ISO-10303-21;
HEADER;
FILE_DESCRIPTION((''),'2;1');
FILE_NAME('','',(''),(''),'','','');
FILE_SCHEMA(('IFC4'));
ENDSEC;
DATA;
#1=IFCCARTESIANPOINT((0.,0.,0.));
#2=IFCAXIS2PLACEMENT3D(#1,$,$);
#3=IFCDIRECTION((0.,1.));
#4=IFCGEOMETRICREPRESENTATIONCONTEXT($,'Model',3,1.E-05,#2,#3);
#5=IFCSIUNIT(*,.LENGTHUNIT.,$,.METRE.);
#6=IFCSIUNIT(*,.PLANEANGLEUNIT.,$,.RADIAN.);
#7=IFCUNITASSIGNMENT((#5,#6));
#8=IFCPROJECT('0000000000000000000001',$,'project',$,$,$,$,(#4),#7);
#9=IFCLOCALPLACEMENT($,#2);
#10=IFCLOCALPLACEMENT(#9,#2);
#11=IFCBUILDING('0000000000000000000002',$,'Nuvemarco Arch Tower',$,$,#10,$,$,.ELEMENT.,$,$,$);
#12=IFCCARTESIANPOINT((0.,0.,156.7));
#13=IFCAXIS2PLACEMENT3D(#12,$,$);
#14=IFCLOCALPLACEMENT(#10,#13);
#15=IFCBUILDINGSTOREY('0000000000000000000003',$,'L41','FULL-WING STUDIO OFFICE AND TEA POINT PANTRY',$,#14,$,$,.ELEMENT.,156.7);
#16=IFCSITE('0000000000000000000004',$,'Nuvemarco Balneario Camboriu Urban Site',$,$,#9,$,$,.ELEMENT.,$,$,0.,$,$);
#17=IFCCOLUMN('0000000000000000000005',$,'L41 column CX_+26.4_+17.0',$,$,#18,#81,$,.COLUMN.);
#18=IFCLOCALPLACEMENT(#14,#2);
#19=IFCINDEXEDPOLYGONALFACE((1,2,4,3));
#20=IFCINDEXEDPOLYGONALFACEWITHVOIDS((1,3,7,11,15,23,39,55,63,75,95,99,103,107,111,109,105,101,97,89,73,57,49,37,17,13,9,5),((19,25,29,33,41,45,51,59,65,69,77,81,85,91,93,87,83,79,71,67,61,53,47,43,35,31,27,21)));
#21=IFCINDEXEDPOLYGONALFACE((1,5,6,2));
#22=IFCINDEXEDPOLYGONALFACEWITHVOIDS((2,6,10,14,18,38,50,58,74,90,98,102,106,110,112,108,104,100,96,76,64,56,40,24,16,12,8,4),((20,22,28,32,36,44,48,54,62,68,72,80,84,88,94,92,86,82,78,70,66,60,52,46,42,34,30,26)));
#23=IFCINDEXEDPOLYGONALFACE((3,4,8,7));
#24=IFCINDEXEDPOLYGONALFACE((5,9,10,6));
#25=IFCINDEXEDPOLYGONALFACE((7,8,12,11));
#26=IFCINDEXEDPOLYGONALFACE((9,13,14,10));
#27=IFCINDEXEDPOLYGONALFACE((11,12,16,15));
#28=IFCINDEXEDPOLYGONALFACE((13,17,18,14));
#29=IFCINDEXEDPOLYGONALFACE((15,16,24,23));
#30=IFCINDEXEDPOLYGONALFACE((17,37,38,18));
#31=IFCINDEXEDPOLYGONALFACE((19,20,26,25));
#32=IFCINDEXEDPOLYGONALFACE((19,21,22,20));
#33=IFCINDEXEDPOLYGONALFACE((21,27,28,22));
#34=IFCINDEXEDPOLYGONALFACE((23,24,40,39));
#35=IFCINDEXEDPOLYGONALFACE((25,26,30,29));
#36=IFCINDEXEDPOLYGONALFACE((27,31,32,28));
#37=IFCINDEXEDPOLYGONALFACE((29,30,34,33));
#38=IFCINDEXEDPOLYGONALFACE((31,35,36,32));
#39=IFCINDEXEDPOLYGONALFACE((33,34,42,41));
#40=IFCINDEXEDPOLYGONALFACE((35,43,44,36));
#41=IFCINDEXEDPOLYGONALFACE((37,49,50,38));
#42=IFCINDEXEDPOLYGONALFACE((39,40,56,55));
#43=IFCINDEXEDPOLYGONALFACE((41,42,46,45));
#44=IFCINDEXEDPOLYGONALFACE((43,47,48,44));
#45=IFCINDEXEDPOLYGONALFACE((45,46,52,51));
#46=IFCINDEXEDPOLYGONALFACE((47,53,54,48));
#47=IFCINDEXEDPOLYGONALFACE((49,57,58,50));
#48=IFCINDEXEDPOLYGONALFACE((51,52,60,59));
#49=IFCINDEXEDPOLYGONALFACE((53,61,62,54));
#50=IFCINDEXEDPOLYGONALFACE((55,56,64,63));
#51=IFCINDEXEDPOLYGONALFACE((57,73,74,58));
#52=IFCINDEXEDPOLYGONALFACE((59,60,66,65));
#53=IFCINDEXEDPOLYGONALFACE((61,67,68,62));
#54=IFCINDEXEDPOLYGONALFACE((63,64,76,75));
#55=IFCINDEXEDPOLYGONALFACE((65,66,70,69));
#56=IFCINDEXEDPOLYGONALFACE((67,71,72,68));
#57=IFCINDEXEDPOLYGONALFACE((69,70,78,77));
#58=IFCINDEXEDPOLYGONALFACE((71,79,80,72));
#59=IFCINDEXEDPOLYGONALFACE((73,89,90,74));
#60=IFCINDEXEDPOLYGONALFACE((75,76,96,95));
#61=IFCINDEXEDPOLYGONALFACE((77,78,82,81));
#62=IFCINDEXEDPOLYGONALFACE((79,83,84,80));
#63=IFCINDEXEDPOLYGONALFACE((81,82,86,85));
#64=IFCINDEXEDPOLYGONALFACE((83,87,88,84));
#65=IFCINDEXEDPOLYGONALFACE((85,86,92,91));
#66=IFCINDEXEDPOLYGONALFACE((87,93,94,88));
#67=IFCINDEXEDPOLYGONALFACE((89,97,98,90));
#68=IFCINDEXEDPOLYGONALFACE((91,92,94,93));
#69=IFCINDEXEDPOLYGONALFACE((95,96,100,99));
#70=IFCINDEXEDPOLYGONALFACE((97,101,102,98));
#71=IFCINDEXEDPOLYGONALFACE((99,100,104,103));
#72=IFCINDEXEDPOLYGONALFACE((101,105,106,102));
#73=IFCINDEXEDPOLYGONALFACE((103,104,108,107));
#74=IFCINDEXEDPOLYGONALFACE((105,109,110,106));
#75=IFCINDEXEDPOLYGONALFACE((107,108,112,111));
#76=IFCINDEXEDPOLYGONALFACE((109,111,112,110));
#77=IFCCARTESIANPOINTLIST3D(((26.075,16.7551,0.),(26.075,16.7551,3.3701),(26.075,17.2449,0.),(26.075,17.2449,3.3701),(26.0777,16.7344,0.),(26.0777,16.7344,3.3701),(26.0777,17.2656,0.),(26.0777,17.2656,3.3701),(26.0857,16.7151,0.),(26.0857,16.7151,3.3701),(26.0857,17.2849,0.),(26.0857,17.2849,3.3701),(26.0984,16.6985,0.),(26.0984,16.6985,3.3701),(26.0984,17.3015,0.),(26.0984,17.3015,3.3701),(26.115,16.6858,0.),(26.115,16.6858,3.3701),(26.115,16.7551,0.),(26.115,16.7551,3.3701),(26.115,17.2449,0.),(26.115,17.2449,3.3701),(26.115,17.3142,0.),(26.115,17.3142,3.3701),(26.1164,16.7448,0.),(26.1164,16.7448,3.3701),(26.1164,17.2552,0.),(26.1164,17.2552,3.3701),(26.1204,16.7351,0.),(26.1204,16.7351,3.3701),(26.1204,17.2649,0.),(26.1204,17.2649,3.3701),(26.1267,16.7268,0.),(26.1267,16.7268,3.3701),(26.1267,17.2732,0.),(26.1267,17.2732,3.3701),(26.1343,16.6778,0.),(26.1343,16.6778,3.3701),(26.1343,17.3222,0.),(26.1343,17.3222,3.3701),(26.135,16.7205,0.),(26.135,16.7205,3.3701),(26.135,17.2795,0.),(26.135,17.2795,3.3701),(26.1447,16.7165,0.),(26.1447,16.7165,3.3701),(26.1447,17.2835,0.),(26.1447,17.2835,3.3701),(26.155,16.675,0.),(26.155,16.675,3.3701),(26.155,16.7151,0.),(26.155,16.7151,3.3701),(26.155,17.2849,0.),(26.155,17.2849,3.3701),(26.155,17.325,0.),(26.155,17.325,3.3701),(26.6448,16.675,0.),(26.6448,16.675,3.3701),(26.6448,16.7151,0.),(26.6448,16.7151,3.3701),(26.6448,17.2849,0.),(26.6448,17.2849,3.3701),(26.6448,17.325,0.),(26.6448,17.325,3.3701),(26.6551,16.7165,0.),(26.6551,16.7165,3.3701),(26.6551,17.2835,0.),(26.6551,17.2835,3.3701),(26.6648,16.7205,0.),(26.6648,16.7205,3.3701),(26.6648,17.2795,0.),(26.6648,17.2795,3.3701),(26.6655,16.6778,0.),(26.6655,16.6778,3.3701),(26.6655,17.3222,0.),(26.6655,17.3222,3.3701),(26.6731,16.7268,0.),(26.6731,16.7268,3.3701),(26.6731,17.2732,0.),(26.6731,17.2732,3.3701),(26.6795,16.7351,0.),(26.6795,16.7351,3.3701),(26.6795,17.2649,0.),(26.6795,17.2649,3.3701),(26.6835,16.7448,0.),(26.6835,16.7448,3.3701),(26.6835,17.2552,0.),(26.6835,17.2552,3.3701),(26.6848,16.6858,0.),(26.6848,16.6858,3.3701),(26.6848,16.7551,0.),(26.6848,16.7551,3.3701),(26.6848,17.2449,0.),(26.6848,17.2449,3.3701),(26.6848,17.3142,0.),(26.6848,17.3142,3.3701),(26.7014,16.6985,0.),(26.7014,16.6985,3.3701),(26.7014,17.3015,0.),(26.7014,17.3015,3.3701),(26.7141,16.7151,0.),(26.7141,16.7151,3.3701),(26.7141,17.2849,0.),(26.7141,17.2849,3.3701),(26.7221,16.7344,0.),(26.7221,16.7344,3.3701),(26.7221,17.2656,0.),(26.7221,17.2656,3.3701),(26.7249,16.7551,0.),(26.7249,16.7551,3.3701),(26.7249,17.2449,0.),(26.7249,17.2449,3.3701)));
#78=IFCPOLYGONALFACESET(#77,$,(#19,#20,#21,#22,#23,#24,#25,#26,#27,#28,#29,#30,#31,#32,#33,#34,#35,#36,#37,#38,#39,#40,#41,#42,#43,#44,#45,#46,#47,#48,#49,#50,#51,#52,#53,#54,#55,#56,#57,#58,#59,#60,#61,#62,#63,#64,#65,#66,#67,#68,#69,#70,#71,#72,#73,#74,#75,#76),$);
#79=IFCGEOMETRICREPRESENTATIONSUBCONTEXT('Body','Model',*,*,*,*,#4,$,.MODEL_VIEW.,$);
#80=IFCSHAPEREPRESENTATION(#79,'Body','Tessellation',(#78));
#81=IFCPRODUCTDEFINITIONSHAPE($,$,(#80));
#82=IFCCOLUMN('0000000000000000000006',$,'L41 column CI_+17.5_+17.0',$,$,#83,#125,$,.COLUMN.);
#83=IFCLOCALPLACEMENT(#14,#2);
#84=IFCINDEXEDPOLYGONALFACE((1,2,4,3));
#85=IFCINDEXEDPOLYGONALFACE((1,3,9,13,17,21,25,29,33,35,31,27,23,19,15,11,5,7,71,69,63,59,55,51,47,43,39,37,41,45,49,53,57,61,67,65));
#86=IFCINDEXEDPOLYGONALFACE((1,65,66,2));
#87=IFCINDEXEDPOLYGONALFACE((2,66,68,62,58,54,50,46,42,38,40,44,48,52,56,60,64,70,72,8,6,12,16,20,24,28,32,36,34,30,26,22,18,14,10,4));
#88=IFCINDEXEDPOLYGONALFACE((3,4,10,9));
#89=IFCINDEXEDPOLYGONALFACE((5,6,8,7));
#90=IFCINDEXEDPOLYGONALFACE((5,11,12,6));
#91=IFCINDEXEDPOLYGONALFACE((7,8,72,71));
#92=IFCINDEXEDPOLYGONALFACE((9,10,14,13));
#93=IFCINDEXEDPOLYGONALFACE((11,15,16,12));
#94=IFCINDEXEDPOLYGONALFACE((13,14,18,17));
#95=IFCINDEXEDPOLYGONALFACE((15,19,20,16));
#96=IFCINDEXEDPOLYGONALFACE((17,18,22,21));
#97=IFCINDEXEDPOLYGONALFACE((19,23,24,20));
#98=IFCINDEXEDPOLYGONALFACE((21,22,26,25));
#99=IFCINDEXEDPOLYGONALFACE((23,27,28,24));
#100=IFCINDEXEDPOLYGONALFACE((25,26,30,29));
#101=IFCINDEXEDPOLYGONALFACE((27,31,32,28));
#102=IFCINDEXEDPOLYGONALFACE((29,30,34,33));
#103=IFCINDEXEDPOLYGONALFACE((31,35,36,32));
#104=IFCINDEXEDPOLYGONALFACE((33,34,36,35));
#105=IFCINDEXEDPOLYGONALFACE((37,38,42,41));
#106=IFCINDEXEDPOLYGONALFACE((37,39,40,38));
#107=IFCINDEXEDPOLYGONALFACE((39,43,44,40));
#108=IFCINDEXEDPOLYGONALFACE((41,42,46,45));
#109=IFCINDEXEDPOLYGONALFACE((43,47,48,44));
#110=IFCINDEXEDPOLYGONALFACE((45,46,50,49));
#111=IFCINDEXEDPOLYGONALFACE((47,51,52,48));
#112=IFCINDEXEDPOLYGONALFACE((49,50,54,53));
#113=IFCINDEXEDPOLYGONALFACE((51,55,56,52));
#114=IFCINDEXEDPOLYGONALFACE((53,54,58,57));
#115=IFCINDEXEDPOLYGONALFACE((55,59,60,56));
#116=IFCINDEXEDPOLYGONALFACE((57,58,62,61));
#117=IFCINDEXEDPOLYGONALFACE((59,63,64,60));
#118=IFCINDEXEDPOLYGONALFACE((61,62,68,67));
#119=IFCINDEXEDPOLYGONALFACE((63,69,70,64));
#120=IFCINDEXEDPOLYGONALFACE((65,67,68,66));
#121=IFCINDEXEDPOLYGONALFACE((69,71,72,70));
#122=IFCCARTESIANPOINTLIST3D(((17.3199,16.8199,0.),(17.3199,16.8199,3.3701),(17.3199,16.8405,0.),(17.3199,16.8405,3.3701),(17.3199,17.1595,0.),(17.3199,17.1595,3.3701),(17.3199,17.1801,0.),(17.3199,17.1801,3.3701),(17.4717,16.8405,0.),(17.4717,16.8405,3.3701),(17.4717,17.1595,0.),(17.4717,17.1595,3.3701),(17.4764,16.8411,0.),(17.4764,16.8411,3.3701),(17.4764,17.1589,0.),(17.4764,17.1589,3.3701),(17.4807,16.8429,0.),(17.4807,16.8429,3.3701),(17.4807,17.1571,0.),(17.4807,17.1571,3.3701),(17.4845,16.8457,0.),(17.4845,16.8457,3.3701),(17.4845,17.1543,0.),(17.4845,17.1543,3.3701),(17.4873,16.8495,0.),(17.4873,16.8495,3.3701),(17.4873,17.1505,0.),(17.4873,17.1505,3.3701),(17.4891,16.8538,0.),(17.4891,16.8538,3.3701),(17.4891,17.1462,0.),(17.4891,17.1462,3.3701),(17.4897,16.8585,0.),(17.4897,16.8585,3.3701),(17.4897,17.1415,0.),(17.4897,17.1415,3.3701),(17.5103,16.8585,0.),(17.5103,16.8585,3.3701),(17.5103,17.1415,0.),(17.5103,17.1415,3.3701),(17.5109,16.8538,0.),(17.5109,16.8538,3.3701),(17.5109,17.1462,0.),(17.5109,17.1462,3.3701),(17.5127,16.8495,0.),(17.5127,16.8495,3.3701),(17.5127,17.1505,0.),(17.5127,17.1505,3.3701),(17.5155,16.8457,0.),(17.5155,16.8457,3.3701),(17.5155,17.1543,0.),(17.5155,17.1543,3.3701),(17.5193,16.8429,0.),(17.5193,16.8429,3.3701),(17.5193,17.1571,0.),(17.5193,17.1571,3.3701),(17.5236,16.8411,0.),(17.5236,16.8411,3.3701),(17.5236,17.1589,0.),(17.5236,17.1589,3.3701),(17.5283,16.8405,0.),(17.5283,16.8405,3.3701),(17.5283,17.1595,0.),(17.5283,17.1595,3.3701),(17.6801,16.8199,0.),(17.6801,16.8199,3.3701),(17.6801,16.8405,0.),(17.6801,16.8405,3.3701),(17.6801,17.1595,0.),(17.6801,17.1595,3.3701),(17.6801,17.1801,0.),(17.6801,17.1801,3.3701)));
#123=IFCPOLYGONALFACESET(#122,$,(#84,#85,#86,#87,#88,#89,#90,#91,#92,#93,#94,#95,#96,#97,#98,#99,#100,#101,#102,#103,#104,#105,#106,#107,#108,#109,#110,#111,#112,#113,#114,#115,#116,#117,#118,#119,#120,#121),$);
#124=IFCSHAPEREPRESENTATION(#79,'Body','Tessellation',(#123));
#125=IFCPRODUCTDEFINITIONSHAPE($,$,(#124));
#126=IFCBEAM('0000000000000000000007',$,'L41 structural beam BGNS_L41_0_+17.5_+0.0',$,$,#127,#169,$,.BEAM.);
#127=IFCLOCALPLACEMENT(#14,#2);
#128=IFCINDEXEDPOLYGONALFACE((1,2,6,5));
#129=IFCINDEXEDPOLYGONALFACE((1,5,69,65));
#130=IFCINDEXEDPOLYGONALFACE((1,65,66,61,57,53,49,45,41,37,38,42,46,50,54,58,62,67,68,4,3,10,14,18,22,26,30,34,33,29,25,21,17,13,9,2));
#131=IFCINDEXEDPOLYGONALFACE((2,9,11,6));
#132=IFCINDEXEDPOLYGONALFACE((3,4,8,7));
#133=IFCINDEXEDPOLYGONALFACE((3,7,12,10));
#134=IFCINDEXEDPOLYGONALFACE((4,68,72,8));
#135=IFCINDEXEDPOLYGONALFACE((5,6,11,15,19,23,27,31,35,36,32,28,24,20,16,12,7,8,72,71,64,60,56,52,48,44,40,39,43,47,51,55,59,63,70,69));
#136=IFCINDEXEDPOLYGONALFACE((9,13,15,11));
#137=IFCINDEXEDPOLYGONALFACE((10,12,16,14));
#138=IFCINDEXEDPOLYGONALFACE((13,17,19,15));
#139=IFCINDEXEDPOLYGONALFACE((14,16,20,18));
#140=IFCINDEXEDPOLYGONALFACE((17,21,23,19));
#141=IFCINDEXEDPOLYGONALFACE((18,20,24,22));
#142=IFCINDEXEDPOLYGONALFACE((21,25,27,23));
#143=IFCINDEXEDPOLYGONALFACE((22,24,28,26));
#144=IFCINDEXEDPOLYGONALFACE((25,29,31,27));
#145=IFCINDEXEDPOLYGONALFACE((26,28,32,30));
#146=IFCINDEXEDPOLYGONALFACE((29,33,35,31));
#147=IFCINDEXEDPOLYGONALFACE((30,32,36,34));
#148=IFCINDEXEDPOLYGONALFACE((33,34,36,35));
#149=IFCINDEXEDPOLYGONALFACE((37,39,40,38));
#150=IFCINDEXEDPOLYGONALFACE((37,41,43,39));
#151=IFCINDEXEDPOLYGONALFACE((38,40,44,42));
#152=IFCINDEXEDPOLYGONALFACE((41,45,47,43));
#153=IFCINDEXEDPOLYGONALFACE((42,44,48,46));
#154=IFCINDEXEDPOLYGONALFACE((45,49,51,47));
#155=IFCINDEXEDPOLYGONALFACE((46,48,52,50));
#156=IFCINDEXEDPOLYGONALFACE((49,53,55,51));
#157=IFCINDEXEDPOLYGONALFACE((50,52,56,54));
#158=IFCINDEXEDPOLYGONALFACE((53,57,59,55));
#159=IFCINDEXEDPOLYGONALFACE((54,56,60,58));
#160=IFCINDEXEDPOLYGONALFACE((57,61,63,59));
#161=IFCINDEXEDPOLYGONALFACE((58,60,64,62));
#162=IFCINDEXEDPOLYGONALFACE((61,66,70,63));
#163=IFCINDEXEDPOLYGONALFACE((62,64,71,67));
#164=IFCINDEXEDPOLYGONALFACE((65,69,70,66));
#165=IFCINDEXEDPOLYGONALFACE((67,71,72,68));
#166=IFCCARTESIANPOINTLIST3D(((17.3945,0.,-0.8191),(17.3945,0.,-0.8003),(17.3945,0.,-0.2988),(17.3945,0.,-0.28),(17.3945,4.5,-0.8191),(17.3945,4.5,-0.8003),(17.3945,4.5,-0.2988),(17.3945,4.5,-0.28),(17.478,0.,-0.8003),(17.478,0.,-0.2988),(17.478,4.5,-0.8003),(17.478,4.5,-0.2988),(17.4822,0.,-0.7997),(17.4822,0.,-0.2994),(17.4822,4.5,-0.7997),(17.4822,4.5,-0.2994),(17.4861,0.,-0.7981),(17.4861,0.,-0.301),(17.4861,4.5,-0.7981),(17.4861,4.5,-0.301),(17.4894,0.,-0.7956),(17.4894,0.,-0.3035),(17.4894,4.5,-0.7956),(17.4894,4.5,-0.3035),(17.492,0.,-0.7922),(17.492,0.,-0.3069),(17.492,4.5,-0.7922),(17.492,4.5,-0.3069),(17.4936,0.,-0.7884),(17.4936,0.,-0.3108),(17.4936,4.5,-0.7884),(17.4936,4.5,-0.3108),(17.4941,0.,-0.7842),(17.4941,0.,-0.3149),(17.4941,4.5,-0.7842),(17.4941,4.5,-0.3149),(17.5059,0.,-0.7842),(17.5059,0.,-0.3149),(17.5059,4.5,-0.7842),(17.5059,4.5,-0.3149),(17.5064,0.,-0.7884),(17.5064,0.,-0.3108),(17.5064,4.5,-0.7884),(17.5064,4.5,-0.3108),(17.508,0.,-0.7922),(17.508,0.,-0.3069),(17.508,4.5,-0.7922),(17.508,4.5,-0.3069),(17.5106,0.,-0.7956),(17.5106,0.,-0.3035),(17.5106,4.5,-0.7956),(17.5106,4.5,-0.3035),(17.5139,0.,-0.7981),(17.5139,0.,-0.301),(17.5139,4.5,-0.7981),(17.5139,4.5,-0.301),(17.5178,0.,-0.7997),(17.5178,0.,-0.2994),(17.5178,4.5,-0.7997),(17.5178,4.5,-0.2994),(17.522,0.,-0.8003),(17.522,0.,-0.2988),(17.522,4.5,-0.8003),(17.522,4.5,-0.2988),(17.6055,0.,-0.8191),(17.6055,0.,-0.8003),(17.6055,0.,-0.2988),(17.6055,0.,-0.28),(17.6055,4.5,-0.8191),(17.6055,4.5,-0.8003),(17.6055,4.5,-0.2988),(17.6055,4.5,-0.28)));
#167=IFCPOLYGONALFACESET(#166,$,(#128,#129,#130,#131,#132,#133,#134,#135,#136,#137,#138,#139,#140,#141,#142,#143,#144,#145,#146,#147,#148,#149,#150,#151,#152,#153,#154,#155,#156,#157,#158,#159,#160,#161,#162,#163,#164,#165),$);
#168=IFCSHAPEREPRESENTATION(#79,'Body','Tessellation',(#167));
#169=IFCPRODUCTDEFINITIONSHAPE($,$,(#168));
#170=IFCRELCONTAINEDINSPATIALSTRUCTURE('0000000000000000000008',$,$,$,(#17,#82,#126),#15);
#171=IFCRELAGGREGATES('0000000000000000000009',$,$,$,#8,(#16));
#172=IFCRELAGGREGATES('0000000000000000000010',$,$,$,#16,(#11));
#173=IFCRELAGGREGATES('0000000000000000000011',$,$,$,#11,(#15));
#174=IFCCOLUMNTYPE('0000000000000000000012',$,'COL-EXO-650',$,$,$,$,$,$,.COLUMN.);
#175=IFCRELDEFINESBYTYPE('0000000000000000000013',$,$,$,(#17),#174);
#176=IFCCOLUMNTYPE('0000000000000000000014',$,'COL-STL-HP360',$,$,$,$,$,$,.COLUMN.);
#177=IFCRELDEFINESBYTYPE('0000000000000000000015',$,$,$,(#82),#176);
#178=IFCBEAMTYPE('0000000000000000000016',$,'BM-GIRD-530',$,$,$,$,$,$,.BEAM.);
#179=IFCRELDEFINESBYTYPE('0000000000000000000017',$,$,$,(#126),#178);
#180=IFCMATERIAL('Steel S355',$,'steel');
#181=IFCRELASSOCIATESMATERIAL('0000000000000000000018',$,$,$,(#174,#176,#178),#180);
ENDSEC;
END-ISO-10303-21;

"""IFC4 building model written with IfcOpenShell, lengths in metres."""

from ifc_helpers import new_model, si_unit, direction, frame, origin, origin_2d, place, context, subcontext, project, spatial, hollow_rectangle, i_section, extrude, material, material_profile, profile_set, type_object, element, save


model = new_model("IFC4")

# Units and contexts
model_context = context("Model", 3, precision=1e-05, world=origin(), true_north=direction((0.0, 1.0)))
body_context = subcontext(model_context, "Body", "Model", "MODEL_VIEW")
ifc_project = project(units=[si_unit("LENGTHUNIT", "METRE"), si_unit("PLANEANGLEUNIT", "RADIAN")], contexts=[model_context])

# Site, building, storey
site_placement = place(None, origin())
site = spatial("IfcSite", under=ifc_project, at=site_placement, Name="Nuvemarco Balneario Camboriu Urban Site", CompositionType="ELEMENT", RefElevation=0.0)
building_placement = place(site_placement, origin())
building = spatial("IfcBuilding", under=site, at=building_placement, Name="Nuvemarco Arch Tower", CompositionType="ELEMENT")
storey_placement = place(building_placement, frame((0.0, 0.0, 156.7)))
storey = spatial("IfcBuildingStorey", under=building, at=storey_placement, Name="L41", Description="FULL-WING STUDIO OFFICE AND TEA POINT PANTRY", CompositionType="ELEMENT", Elevation=156.7)

# Columns
ifc_material_1 = material(Name="Steel S355", Category="steel")
ifc_material_profile_1 = material_profile(ifc_material_1, hollow_rectangle(XDim=0.6499, YDim=0.6499, WallThickness=0.04, InnerFilletRadius=0.04, OuterFilletRadius=0.0801, at=origin_2d()), Name="SHS650x650x40")
ifc_profile_set_1 = profile_set([ifc_material_profile_1], Name="Steel S355")
column_type_1 = type_object("IfcColumnType", Name="COL-EXO-650", PredefinedType="COLUMN", material=ifc_profile_set_1)
for number, where, z_axis, x_axis, name in (
    (1, (26.3999, 17.0, 0.0), (0.0, 0.0, 1.0), (1.0, 0.0, 0.0), "L41 column CX_+26.4_+17.0"),
):
    element("IfcColumn", number, at=place(storey_placement, frame(where, z_axis=z_axis, x_axis=x_axis)), inside=storey, type_object=column_type_1, Name=name, PredefinedType="COLUMN", context=body_context, shape_type="SweptSolid", body=[
        extrude(hollow_rectangle(XDim=0.6499, YDim=0.6499, WallThickness=0.04, InnerFilletRadius=0.04, OuterFilletRadius=0.0801, at=origin_2d()), origin(), (0.0, 0.0, 1.0), 3.3701),
    ])
ifc_material_profile_2 = material_profile(ifc_material_1, i_section(OverallWidth=0.3601, OverallDepth=0.3601, WebThickness=0.0205, FlangeThickness=0.0205, FilletRadius=0.0181, at=origin_2d()), Name="HP360x174")
ifc_profile_set_2 = profile_set([ifc_material_profile_2], Name="Steel S355")
column_type_2 = type_object("IfcColumnType", Name="COL-STL-HP360", PredefinedType="COLUMN", material=ifc_profile_set_2)
column_placement = place(storey_placement, frame((17.5, 17.0, 0.0), z_axis=(0.0, 0.0, 1.0), x_axis=(1.0, 0.0, 0.0)))
element("IfcColumn", 2, at=column_placement, inside=storey, type_object=column_type_2, Name="L41 column CI_+17.5_+17.0", PredefinedType="COLUMN", context=body_context, shape_type="SweptSolid", body=[
    extrude(i_section(OverallWidth=0.3601, OverallDepth=0.3601, WebThickness=0.0205, FlangeThickness=0.0205, FilletRadius=0.0181, at=origin_2d()), origin(), (0.0, 0.0, 1.0), 3.3701),
])

# Beam
ifc_material_profile_3 = material_profile(ifc_material_1, i_section(OverallWidth=0.2109, OverallDepth=0.5391, WebThickness=0.0117, FlangeThickness=0.0188, FilletRadius=0.0161, at=origin_2d()), Name="W530x109")
ifc_profile_set_3 = profile_set([ifc_material_profile_3], Name="Steel S355")
beam_type_1 = type_object("IfcBeamType", Name="BM-GIRD-530", PredefinedType="BEAM", material=ifc_profile_set_3)
beam_1_placement = place(storey_placement, frame((17.5, 0.0, -0.5496), z_axis=(0.0, 1.0, 0.0), x_axis=(-1.0, 0.0, 0.0)))
element("IfcBeam", 3, at=beam_1_placement, inside=storey, type_object=beam_type_1, Name="L41 structural beam BGNS_L41_0_+17.5_+0.0", PredefinedType="BEAM", context=body_context, shape_type="SweptSolid", body=[
    extrude(i_section(OverallWidth=0.2109, OverallDepth=0.5391, WebThickness=0.0117, FlangeThickness=0.0188, FilletRadius=0.0161, at=origin_2d()), origin(), (0.0, 0.0, 1.0), 4.5),
])

save(model, "model.ifc")
